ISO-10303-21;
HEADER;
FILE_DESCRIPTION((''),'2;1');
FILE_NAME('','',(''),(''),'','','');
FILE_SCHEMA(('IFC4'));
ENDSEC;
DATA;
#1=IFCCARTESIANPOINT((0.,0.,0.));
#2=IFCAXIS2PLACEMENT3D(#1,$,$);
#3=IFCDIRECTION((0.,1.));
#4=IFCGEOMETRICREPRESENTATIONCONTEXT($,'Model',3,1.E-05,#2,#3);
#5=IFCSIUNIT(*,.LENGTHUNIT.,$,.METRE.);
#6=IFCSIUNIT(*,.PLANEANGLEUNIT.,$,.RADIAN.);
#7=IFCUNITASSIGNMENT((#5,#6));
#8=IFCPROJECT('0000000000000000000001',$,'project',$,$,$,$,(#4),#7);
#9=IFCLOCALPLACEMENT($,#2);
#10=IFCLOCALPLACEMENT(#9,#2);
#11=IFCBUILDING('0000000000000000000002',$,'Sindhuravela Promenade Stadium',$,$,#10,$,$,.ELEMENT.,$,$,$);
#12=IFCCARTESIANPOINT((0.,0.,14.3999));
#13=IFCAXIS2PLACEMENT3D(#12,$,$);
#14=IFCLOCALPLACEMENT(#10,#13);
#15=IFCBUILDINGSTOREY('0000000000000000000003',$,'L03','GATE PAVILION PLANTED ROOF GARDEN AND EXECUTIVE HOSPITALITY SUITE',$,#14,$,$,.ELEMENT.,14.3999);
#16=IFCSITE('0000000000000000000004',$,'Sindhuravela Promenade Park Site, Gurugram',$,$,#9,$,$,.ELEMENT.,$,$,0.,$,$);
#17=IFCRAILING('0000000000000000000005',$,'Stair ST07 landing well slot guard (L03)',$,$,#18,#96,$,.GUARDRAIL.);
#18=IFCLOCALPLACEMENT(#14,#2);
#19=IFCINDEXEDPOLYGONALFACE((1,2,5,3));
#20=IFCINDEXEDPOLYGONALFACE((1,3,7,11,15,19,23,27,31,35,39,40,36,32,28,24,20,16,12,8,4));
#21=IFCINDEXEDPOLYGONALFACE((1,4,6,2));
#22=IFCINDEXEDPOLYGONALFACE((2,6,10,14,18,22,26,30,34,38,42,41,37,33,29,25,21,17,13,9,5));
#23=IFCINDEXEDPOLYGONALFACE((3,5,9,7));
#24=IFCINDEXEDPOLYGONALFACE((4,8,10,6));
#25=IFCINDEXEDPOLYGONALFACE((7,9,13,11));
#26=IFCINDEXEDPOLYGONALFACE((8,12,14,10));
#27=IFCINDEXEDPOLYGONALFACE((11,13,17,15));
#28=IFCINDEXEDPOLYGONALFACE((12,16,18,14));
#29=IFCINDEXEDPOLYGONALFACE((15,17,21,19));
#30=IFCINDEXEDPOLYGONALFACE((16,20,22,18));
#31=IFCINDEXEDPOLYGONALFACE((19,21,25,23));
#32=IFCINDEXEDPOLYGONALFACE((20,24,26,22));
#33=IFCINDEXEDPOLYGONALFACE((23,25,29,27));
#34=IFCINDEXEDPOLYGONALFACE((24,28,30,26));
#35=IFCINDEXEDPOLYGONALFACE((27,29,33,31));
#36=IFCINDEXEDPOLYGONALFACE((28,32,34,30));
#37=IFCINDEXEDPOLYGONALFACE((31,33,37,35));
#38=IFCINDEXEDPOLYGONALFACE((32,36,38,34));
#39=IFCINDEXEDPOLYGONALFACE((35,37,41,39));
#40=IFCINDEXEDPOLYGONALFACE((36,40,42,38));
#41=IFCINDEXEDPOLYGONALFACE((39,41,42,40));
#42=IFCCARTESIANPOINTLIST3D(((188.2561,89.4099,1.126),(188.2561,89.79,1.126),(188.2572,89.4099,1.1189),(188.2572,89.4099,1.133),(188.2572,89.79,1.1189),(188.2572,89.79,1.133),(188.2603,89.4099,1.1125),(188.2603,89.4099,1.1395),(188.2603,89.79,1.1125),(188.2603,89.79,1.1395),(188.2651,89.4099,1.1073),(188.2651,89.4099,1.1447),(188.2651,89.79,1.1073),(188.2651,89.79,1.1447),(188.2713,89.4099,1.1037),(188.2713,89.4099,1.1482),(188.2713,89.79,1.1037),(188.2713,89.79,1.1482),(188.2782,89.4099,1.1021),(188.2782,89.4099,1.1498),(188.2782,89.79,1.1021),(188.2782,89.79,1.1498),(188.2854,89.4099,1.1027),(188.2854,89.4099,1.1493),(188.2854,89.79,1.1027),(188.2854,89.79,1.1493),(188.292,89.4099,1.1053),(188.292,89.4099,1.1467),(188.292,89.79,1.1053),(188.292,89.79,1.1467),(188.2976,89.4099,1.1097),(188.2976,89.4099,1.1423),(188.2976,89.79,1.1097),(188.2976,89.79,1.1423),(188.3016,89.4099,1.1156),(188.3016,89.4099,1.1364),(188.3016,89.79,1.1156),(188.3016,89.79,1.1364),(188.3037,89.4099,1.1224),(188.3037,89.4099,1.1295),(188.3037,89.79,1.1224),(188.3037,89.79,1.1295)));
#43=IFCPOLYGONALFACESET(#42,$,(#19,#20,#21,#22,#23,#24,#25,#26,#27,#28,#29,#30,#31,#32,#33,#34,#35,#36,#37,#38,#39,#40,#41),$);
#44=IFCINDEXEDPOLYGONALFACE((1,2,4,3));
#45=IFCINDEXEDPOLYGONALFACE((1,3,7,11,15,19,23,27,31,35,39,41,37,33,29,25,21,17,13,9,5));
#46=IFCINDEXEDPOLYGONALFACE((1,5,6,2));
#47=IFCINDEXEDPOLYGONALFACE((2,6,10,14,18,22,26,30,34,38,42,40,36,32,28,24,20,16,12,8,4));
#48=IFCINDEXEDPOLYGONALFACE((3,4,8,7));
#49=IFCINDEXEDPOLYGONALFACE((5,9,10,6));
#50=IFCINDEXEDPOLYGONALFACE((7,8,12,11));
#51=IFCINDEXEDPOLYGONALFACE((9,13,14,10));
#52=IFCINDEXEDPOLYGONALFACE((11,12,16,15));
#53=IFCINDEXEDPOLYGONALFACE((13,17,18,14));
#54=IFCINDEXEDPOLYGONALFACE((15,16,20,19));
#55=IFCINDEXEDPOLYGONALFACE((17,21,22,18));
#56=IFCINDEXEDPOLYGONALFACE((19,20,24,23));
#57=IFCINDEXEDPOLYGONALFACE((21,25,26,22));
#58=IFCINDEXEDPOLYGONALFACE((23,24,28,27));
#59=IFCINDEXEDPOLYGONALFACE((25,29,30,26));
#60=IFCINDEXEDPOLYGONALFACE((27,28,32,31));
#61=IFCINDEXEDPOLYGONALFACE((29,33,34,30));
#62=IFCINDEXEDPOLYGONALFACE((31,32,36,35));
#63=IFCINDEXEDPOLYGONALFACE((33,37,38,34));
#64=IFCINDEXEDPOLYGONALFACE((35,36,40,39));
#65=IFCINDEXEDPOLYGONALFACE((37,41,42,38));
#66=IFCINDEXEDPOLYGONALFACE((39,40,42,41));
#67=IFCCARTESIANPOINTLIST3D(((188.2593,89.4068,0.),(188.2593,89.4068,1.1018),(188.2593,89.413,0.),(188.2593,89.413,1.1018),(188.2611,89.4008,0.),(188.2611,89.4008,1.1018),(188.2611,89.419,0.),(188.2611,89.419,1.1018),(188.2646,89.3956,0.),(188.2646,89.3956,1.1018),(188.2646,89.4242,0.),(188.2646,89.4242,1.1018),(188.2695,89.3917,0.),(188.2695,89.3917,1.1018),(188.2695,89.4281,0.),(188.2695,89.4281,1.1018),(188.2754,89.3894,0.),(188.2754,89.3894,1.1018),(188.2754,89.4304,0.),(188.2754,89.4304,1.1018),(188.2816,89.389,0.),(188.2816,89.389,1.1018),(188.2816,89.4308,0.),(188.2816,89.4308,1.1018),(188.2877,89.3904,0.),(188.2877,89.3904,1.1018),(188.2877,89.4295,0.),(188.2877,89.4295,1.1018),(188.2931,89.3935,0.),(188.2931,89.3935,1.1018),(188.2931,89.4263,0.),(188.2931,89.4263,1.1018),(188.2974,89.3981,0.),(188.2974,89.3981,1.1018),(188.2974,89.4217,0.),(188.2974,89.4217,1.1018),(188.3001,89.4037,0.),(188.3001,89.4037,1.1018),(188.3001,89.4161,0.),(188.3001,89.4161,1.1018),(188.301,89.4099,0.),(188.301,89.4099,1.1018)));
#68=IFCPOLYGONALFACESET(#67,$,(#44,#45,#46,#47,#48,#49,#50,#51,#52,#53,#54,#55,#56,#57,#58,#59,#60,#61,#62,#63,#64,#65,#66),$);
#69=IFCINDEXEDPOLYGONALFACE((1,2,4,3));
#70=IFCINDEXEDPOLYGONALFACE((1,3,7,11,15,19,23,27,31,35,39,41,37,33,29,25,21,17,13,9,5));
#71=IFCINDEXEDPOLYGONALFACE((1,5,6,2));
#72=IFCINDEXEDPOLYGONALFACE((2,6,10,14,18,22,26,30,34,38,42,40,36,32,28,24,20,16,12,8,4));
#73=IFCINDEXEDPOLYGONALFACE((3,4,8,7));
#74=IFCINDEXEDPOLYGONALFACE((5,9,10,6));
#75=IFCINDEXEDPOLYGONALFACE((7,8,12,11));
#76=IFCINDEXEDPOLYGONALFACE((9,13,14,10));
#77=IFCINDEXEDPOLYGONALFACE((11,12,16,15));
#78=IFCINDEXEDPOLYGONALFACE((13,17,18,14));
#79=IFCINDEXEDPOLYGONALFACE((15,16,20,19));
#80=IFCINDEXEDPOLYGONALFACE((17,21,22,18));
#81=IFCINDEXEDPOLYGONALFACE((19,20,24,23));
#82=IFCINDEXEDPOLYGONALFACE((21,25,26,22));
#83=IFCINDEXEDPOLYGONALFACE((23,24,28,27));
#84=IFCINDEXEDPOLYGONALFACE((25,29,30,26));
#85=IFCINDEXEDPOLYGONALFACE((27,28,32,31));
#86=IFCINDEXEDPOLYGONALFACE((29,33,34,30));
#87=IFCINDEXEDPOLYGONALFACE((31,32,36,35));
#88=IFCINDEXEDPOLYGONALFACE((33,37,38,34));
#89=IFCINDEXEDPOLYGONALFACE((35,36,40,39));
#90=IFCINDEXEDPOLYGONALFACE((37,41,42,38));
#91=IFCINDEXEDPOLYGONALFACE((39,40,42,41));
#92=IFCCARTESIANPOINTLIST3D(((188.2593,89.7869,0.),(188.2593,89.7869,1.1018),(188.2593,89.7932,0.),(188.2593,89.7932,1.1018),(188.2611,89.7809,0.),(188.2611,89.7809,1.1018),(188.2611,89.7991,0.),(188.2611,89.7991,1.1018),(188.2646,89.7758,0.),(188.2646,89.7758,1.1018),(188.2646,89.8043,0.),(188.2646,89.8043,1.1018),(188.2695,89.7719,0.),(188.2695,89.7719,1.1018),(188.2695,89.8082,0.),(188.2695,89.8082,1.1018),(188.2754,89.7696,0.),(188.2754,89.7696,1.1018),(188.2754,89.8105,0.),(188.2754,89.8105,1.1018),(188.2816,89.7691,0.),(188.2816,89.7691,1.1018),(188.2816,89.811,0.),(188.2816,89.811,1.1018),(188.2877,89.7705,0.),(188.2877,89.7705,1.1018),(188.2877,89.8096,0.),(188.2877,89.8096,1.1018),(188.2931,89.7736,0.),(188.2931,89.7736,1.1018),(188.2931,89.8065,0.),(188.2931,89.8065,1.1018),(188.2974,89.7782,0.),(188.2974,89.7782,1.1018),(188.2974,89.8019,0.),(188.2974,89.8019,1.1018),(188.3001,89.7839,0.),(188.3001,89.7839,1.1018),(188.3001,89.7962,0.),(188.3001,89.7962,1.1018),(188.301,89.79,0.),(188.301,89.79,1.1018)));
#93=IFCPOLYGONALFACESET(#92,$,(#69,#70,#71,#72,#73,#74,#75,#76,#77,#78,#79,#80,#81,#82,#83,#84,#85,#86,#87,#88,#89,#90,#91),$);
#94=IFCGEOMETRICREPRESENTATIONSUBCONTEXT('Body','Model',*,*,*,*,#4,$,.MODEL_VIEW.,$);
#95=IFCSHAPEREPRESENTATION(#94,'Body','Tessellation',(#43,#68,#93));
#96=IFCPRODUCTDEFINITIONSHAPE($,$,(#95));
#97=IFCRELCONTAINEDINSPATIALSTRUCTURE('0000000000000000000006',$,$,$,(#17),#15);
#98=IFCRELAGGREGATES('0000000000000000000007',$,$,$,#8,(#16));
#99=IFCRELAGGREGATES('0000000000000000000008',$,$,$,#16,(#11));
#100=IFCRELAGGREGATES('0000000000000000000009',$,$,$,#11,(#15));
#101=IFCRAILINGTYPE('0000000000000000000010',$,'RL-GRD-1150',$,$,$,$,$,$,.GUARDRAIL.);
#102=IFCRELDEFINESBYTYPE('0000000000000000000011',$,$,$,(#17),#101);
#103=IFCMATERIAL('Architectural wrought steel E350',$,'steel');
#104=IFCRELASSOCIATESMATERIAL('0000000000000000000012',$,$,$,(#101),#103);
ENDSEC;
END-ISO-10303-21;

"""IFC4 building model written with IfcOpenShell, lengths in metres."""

from ifc_helpers import new_model, si_unit, direction, frame, origin, origin_2d, place, context, subcontext, project, spatial, circle, extrude, material, type_object, element, save


model = new_model("IFC4")

# Units and contexts
model_context = context("Model", 3, precision=1e-05, world=origin(), true_north=direction((0.0, 1.0)))
body_context = subcontext(model_context, "Body", "Model", "MODEL_VIEW")
ifc_project = project(units=[si_unit("LENGTHUNIT", "METRE"), si_unit("PLANEANGLEUNIT", "RADIAN")], contexts=[model_context])

# Site, building, storey
site_placement = place(None, origin())
site = spatial("IfcSite", under=ifc_project, at=site_placement, Name="Sindhuravela Promenade Park Site, Gurugram", CompositionType="ELEMENT", RefElevation=0.0)
building_placement = place(site_placement, origin())
building = spatial("IfcBuilding", under=site, at=building_placement, Name="Sindhuravela Promenade Stadium", CompositionType="ELEMENT")
storey_placement = place(building_placement, frame((0.0, 0.0, 14.3999)))
storey = spatial("IfcBuildingStorey", under=building, at=storey_placement, Name="L03", Description="GATE PAVILION PLANTED ROOF GARDEN AND EXECUTIVE HOSPITALITY SUITE", CompositionType="ELEMENT", Elevation=14.3999)

# Shared definitions
ifc_material_1 = material(Name="Architectural wrought steel E350", Category="steel")

# Railing
railing_type_1 = type_object("IfcRailingType", Name="RL-GRD-1150", PredefinedType="GUARDRAIL", material=ifc_material_1)
railing_1_placement = place(storey_placement, frame((188.28, 89.4099, 0.0)))
element("IfcRailing", 1, at=railing_1_placement, inside=storey, type_object=railing_type_1, Name="Stair ST07 landing well slot guard (L03)", PredefinedType="GUARDRAIL", context=body_context, shape_type="SweptSolid", body=[
    extrude(circle(Radius=0.0239, at=origin_2d()), frame((0.0, 0.0, 1.126), z_axis=(0.0, 1.0, 0.0), x_axis=(-1.0, 0.0, 0.0)), (0.0, 0.0, 1.0), 0.3801),
    extrude(circle(Radius=0.021, at=origin_2d()), origin(), (0.0, 0.0, 1.0), 1.1018),
    extrude(circle(Radius=0.021, at=origin_2d()), frame((0.0, 0.3801, 0.0)), (0.0, 0.0, 1.0), 1.1018),
])

save(model, "model.ifc")
